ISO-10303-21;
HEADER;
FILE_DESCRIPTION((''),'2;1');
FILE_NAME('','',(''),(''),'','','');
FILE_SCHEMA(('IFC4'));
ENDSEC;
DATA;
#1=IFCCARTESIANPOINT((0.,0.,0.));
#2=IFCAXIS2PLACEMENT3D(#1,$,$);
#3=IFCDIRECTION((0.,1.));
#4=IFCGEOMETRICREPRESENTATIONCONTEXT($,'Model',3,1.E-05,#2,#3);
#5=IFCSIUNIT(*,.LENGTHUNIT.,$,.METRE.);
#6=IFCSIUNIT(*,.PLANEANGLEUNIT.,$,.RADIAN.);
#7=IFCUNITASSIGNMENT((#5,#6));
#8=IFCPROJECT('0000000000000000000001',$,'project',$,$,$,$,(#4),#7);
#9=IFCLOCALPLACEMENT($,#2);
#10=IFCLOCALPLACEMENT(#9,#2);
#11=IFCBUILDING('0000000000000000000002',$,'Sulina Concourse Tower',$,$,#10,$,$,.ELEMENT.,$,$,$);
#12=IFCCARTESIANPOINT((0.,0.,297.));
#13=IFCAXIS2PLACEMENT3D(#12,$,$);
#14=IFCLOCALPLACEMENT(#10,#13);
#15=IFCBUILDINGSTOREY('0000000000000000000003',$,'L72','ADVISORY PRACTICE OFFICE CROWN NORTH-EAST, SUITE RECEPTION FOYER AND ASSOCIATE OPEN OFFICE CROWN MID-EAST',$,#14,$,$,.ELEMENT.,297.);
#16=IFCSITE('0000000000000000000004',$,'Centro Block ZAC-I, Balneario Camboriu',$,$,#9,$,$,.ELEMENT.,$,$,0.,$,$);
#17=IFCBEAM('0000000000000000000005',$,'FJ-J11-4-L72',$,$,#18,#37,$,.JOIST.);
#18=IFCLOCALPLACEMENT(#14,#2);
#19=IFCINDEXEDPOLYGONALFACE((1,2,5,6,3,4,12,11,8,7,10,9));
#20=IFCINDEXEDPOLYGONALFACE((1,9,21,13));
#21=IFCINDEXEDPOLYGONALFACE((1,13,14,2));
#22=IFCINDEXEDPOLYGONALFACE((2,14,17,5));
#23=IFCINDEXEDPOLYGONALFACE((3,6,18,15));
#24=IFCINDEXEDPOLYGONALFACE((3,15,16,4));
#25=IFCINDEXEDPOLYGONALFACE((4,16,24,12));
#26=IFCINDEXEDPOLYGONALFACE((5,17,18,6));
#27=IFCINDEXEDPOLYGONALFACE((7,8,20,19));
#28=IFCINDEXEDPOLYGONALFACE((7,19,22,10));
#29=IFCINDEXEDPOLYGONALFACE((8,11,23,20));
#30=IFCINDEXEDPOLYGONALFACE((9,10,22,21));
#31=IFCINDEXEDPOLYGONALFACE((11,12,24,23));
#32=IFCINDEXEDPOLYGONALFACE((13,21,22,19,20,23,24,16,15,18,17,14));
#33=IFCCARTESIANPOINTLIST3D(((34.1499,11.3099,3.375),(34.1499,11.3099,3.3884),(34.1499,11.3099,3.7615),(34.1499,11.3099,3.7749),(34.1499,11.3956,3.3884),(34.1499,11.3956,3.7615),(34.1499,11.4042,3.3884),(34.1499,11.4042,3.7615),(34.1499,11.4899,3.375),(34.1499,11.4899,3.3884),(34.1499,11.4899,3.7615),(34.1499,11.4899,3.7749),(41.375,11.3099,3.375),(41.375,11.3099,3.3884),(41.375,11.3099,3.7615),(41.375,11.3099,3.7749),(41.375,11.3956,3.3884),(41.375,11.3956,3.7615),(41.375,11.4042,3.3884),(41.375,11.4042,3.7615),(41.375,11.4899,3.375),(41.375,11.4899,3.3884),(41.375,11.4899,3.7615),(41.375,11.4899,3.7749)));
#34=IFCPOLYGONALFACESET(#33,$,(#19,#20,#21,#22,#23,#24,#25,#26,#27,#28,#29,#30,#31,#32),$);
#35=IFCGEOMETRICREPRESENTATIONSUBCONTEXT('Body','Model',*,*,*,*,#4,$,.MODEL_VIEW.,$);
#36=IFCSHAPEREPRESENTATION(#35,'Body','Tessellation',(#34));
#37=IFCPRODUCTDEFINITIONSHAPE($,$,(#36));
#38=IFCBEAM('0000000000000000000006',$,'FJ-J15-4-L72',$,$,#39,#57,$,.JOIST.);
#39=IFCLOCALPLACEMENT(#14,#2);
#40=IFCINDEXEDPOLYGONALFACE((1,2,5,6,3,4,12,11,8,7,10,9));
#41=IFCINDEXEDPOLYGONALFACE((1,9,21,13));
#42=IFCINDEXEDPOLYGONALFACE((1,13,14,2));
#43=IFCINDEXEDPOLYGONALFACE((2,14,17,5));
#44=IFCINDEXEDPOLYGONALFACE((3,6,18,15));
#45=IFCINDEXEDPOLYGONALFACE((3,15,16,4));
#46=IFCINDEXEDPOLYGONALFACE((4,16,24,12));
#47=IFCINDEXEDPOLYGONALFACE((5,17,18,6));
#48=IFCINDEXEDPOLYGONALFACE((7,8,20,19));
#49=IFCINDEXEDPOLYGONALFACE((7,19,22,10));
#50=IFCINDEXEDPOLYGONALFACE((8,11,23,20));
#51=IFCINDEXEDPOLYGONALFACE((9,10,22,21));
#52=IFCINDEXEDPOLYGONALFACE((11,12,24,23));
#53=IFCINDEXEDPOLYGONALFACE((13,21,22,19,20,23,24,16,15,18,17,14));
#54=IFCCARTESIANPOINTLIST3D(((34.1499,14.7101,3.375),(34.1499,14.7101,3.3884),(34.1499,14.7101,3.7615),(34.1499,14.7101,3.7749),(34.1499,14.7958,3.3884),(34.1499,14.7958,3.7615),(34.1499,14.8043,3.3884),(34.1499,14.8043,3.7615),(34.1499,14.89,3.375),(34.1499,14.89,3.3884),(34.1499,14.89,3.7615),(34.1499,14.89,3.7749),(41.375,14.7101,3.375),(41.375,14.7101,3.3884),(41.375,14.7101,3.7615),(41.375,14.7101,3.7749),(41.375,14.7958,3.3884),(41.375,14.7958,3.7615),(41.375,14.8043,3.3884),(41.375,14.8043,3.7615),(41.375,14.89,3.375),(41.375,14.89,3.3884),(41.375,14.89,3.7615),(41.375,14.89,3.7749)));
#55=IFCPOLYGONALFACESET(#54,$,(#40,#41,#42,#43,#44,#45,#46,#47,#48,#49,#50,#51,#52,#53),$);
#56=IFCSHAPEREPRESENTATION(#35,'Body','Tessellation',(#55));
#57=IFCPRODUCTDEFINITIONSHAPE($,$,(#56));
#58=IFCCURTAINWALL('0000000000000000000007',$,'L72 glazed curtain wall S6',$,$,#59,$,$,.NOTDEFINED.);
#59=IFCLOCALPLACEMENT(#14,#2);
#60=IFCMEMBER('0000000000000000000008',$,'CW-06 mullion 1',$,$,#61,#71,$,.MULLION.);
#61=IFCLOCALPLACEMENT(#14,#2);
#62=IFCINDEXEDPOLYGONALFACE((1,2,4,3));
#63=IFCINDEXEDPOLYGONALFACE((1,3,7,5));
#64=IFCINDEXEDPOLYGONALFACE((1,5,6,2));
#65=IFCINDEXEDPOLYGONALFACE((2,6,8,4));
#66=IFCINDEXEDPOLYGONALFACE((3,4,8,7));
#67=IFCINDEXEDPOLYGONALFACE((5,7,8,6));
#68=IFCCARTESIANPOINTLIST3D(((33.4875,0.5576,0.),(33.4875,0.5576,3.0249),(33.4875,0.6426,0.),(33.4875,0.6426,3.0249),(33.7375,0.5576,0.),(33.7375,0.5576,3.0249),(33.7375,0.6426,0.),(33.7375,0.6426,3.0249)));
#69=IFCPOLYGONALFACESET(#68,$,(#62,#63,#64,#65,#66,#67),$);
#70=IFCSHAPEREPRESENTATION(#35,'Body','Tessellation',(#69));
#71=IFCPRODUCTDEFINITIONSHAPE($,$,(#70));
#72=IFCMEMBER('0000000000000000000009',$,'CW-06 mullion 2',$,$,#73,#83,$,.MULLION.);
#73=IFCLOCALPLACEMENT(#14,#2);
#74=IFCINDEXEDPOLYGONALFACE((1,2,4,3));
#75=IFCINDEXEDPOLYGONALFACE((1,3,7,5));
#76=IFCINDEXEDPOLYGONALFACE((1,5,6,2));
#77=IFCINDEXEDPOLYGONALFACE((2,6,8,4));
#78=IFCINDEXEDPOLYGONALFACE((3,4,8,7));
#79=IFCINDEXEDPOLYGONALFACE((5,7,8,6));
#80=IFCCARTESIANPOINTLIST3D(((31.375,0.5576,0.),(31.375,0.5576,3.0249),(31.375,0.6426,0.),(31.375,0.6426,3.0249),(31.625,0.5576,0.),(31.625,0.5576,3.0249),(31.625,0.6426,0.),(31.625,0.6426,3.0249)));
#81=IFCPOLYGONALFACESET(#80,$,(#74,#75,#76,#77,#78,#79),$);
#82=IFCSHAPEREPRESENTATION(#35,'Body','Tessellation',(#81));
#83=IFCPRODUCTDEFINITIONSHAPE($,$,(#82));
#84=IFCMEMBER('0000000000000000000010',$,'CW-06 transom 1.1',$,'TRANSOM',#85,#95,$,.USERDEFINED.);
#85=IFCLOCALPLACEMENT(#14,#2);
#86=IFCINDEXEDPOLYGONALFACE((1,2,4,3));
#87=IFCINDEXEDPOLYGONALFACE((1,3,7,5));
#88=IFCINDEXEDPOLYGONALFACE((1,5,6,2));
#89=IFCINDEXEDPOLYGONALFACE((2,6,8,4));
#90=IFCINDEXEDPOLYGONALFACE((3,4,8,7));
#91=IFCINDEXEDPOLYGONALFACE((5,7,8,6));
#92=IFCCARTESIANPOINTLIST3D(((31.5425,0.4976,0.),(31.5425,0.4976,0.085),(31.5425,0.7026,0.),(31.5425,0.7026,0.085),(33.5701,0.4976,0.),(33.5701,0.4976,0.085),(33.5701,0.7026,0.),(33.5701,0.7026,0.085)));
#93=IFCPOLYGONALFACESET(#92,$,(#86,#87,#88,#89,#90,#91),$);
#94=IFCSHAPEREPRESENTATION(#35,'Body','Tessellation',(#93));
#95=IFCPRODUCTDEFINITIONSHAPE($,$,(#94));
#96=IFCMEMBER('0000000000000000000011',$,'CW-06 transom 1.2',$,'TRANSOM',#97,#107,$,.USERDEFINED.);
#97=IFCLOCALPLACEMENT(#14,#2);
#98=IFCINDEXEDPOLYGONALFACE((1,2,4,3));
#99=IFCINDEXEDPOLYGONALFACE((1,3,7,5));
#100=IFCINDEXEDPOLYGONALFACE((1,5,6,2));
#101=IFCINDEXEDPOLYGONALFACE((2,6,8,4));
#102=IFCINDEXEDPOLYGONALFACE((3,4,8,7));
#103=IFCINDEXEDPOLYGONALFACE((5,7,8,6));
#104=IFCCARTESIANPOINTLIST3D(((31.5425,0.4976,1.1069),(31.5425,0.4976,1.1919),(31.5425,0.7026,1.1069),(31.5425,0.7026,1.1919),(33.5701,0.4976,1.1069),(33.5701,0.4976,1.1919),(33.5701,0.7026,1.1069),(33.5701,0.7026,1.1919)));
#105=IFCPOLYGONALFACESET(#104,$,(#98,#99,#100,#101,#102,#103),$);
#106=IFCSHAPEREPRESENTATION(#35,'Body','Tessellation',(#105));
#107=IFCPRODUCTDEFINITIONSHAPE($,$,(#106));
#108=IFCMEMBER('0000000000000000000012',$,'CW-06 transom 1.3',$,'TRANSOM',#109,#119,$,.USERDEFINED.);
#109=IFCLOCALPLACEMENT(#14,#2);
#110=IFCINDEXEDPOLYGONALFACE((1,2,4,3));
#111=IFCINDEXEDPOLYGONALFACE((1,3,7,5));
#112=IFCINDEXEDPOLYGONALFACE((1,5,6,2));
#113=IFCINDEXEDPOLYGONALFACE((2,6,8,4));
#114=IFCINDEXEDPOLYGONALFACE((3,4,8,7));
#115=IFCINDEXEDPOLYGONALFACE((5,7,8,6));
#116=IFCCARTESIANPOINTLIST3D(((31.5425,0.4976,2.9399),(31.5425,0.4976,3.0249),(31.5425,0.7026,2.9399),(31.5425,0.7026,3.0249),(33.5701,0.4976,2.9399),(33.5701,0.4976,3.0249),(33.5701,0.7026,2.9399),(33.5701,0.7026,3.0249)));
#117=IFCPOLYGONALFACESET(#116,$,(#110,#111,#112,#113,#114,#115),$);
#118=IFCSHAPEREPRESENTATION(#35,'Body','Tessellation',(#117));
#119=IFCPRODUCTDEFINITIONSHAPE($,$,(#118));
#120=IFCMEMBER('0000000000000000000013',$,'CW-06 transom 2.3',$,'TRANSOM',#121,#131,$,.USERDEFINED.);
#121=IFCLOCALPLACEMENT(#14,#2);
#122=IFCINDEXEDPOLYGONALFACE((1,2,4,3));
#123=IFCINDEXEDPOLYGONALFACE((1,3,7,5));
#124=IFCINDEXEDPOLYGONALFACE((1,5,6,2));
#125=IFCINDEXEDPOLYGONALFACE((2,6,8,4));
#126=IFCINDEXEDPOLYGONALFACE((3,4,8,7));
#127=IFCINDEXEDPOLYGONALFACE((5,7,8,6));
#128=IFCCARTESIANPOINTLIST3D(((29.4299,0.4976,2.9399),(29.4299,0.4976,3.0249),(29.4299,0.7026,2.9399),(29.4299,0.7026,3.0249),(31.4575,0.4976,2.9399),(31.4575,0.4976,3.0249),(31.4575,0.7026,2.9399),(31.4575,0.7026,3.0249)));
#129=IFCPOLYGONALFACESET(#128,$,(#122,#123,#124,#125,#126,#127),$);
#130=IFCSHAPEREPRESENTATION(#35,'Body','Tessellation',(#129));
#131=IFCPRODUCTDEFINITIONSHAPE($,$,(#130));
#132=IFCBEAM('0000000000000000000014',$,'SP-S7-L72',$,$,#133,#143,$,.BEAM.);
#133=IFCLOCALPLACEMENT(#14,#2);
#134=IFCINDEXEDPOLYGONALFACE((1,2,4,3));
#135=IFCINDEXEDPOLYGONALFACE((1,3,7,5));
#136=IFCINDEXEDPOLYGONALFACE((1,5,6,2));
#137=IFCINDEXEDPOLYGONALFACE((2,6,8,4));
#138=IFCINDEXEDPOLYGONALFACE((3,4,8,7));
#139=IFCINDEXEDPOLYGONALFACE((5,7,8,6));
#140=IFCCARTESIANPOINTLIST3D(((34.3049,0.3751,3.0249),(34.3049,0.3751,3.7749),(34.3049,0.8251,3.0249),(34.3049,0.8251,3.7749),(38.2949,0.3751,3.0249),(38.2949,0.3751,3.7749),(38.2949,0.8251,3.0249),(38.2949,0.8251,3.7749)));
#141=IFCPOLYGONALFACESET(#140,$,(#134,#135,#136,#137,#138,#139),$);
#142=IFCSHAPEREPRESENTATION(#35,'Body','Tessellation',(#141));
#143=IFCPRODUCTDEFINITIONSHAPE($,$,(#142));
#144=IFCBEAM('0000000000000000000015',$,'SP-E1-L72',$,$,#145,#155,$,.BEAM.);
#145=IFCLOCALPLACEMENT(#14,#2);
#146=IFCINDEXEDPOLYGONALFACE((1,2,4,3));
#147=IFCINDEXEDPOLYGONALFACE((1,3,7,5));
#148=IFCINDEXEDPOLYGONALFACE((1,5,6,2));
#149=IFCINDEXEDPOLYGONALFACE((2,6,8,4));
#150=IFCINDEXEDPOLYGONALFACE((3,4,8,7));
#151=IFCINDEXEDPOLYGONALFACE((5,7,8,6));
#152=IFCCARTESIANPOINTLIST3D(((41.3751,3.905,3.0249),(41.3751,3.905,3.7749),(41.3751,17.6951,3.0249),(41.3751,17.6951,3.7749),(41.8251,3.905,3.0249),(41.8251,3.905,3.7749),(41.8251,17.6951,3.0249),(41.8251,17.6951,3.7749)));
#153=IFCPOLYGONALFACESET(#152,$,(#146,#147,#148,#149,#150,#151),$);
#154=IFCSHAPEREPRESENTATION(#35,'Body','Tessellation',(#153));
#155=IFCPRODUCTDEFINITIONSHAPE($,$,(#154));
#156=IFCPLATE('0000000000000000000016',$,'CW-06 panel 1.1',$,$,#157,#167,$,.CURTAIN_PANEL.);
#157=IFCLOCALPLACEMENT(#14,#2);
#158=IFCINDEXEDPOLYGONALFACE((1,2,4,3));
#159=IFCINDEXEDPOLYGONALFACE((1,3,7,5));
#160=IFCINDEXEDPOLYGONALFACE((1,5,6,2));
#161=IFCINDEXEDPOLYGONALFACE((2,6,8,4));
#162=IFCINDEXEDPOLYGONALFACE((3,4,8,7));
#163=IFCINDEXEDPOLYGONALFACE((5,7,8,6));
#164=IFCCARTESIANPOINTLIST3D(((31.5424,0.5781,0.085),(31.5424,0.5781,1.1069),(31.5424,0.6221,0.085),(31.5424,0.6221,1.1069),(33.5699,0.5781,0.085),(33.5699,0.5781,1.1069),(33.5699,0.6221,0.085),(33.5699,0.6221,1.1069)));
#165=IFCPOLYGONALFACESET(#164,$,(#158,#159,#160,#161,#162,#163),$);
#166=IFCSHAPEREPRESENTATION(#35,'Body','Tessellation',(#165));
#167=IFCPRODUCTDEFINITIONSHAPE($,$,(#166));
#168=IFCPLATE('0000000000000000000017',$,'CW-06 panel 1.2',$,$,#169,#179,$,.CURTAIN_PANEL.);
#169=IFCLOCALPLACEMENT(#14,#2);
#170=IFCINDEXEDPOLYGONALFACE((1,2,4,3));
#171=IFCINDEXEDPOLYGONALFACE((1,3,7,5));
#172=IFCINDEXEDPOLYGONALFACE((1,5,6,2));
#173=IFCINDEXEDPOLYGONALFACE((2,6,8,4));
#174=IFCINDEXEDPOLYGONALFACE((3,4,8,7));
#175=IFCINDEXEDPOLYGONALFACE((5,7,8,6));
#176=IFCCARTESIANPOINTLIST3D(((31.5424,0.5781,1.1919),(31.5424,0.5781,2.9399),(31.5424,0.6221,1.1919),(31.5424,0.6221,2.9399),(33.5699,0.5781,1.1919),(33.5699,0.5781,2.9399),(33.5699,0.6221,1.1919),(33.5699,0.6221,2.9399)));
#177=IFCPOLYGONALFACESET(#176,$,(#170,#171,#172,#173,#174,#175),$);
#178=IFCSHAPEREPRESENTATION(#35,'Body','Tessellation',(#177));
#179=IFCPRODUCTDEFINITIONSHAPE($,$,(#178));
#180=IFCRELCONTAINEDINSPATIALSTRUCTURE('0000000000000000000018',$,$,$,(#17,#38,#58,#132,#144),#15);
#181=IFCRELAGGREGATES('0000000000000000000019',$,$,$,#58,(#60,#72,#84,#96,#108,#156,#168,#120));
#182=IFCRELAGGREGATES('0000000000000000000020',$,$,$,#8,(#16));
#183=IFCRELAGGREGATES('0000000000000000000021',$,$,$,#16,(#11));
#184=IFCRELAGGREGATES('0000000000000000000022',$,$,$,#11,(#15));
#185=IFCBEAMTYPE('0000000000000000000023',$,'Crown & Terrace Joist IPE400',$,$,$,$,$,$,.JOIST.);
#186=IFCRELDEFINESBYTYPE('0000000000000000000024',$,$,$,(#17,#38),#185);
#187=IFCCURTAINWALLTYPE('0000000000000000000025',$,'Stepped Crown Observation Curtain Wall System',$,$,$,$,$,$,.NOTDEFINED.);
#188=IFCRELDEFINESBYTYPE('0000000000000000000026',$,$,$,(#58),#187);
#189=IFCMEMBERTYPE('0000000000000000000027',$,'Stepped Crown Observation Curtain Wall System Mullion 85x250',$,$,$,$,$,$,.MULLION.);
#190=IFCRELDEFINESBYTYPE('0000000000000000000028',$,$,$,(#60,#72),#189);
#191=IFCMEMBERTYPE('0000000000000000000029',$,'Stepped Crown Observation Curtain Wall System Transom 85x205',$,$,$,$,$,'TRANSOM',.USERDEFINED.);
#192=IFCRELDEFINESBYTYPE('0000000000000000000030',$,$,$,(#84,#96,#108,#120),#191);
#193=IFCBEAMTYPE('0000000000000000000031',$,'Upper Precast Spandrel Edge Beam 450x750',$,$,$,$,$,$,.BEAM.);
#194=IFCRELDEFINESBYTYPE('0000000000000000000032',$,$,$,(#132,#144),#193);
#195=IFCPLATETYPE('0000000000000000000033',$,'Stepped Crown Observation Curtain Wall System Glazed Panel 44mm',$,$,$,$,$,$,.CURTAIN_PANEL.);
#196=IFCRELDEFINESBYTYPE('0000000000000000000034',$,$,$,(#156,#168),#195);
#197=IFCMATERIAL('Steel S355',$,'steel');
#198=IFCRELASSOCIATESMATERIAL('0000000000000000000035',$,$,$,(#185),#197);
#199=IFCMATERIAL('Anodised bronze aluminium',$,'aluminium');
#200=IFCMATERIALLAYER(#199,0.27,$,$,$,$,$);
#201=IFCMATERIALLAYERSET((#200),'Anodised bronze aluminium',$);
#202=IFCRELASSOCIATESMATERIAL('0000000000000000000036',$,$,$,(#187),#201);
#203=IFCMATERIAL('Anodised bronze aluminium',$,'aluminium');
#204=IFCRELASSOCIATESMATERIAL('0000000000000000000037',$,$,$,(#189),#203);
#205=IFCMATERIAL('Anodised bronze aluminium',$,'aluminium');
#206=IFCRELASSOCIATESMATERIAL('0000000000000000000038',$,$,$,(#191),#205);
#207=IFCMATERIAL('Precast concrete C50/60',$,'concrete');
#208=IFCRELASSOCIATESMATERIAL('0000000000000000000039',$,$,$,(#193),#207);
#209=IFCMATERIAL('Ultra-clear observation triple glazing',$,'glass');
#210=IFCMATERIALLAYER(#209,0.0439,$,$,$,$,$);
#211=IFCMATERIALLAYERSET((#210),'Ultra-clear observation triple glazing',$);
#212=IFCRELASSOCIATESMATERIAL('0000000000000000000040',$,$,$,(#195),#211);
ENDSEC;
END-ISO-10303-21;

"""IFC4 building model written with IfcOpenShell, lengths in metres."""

from ifc_helpers import new_model, si_unit, direction, frame, origin, origin_2d, place, context, subcontext, project, spatial, rectangle, i_section, extrude, material, layer, layer_set, material_profile, profile_set, type_object, element, aggregate, save


model = new_model("IFC4")

# Units and contexts
model_context = context("Model", 3, precision=1e-05, world=origin(), true_north=direction((0.0, 1.0)))
body_context = subcontext(model_context, "Body", "Model", "MODEL_VIEW")
ifc_project = project(units=[si_unit("LENGTHUNIT", "METRE"), si_unit("PLANEANGLEUNIT", "RADIAN")], contexts=[model_context])

# Site, building, storey
site_placement = place(None, origin())
site = spatial("IfcSite", under=ifc_project, at=site_placement, Name="Centro Block ZAC-I, Balneario Camboriu", CompositionType="ELEMENT", RefElevation=0.0)
building_placement = place(site_placement, origin())
building = spatial("IfcBuilding", under=site, at=building_placement, Name="Sulina Concourse Tower", CompositionType="ELEMENT")
storey_placement = place(building_placement, frame((0.0, 0.0, 297.0)))
storey = spatial("IfcBuildingStorey", under=building, at=storey_placement, Name="L72", Description="ADVISORY PRACTICE OFFICE CROWN NORTH-EAST, SUITE RECEPTION FOYER AND ASSOCIATE OPEN OFFICE CROWN MID-EAST", CompositionType="ELEMENT", Elevation=297.0)

# Beams
ifc_material_1 = material(Name="Steel S355", Category="steel")
ifc_material_profile_1 = material_profile(ifc_material_1, i_section(OverallWidth=0.1799, OverallDepth=0.3999, WebThickness=0.0085, FlangeThickness=0.0134, at=origin_2d()), Name="IPE 400")
ifc_profile_set_1 = profile_set([ifc_material_profile_1], Name="Steel S355")
beam_type_1 = type_object("IfcBeamType", Name="Crown & Terrace Joist IPE400", PredefinedType="JOIST", material=ifc_profile_set_1)
for number, where, z_axis, x_axis, name in (
    (1, (34.1499, 11.3999, 3.575), (1.0, 0.0, 0.0), (0.0, 1.0, 0.0), "FJ-J11-4-L72"),
    (2, (34.1499, 14.8, 3.575), (1.0, 0.0, 0.0), (0.0, 1.0, 0.0), "FJ-J15-4-L72"),
):
    element("IfcBeam", number, at=place(storey_placement, frame(where, z_axis=z_axis, x_axis=x_axis)), inside=storey, type_object=beam_type_1, Name=name, PredefinedType="JOIST", context=body_context, shape_type="SweptSolid", body=[
        extrude(i_section(OverallWidth=0.1799, OverallDepth=0.3999, WebThickness=0.0085, FlangeThickness=0.0134, at=origin_2d()), origin(), (0.0, 0.0, 1.0), 7.2251),
    ])

# Curtain wall, members
ifc_material_2 = material(Name="Anodised bronze aluminium", Category="aluminium")
ifc_layer_1 = layer(ifc_material_2, 0.27)
ifc_layer_set_1 = layer_set([ifc_layer_1], Name="Anodised bronze aluminium")
curtain_wall_type = type_object("IfcCurtainWallType", Name="Stepped Crown Observation Curtain Wall System", PredefinedType="NOTDEFINED", material=ifc_layer_set_1)
curtain_wall_placement = place(storey_placement, origin())
curtain_wall = element("IfcCurtainWall", 3, at=curtain_wall_placement, inside=storey, type_object=curtain_wall_type, Name="L72 glazed curtain wall S6", PredefinedType="NOTDEFINED")
ifc_material_3 = material(Name="Anodised bronze aluminium", Category="aluminium")
ifc_material_profile_2 = material_profile(ifc_material_3, rectangle(XDim=0.085, YDim=0.25, at=origin_2d()), Name="MUL 85x250")
ifc_profile_set_2 = profile_set([ifc_material_profile_2], Name="Anodised bronze aluminium")
member_type_1 = type_object("IfcMemberType", Name="Stepped Crown Observation Curtain Wall System Mullion 85x250", PredefinedType="MULLION", material=ifc_profile_set_2)
member_1_placement = place(storey_placement, frame((33.6125, 0.6001, 0.0), z_axis=(0.0, 0.0, 1.0), x_axis=(0.0, -1.0, 0.0)))
member_1 = element("IfcMember", 4, at=member_1_placement, type_object=member_type_1, Name="CW-06 mullion 1", PredefinedType="MULLION", context=body_context, shape_type="SweptSolid", body=[
    extrude(rectangle(XDim=0.085, YDim=0.25, at=origin_2d()), origin(), (0.0, 0.0, 1.0), 3.0249),
])
member_2_placement = place(storey_placement, frame((31.5, 0.6001, 0.0), z_axis=(0.0, 0.0, 1.0), x_axis=(0.0, -1.0, 0.0)))
member_2 = element("IfcMember", 5, at=member_2_placement, type_object=member_type_1, Name="CW-06 mullion 2", PredefinedType="MULLION", context=body_context, shape_type="SweptSolid", body=[
    extrude(rectangle(XDim=0.085, YDim=0.25, at=origin_2d()), origin(), (0.0, 0.0, 1.0), 3.0249),
])
ifc_material_4 = material(Name="Anodised bronze aluminium", Category="aluminium")
ifc_material_profile_3 = material_profile(ifc_material_4, rectangle(XDim=0.2051, YDim=0.085, at=origin_2d()), Name="TRN 85x205")
ifc_profile_set_3 = profile_set([ifc_material_profile_3], Name="Anodised bronze aluminium")
member_type_2 = type_object("IfcMemberType", Name="Stepped Crown Observation Curtain Wall System Transom 85x205", ElementType="TRANSOM", PredefinedType="USERDEFINED", material=ifc_profile_set_3)
member_3_placement = place(storey_placement, frame((33.5701, 0.6001, 0.0425), z_axis=(-1.0, 0.0, 0.0), x_axis=(0.0, -1.0, 0.0)))
member_3 = element("IfcMember", 6, at=member_3_placement, type_object=member_type_2, Name="CW-06 transom 1.1", ObjectType="TRANSOM", PredefinedType="USERDEFINED", context=body_context, shape_type="SweptSolid", body=[
    extrude(rectangle(XDim=0.2051, YDim=0.085, at=origin_2d()), origin(), (0.0, 0.0, 1.0), 2.0276),
])
member_4_placement = place(storey_placement, frame((33.5701, 0.6001, 1.1494), z_axis=(-1.0, 0.0, 0.0), x_axis=(0.0, -1.0, 0.0)))
member_4 = element("IfcMember", 7, at=member_4_placement, type_object=member_type_2, Name="CW-06 transom 1.2", ObjectType="TRANSOM", PredefinedType="USERDEFINED", context=body_context, shape_type="SweptSolid", body=[
    extrude(rectangle(XDim=0.2051, YDim=0.085, at=origin_2d()), origin(), (0.0, 0.0, 1.0), 2.0276),
])
member_5_placement = place(storey_placement, frame((33.5701, 0.6001, 2.9824), z_axis=(-1.0, 0.0, 0.0), x_axis=(0.0, -1.0, 0.0)))
member_5 = element("IfcMember", 8, at=member_5_placement, type_object=member_type_2, Name="CW-06 transom 1.3", ObjectType="TRANSOM", PredefinedType="USERDEFINED", context=body_context, shape_type="SweptSolid", body=[
    extrude(rectangle(XDim=0.2051, YDim=0.085, at=origin_2d()), origin(), (0.0, 0.0, 1.0), 2.0276),
])
member_6_placement = place(storey_placement, frame((31.4575, 0.6001, 2.9824), z_axis=(-1.0, 0.0, 0.0), x_axis=(0.0, -1.0, 0.0)))
member_6 = element("IfcMember", 9, at=member_6_placement, type_object=member_type_2, Name="CW-06 transom 2.3", ObjectType="TRANSOM", PredefinedType="USERDEFINED", context=body_context, shape_type="SweptSolid", body=[
    extrude(rectangle(XDim=0.2051, YDim=0.085, at=origin_2d()), origin(), (0.0, 0.0, 1.0), 2.0276),
])

# Beams
ifc_material_5 = material(Name="Precast concrete C50/60", Category="concrete")
ifc_material_profile_4 = material_profile(ifc_material_5, rectangle(XDim=0.45, YDim=0.75, at=origin_2d()), Name="RC 450x750")
ifc_profile_set_4 = profile_set([ifc_material_profile_4], Name="Precast concrete C50/60")
beam_type_2 = type_object("IfcBeamType", Name="Upper Precast Spandrel Edge Beam 450x750", PredefinedType="BEAM", material=ifc_profile_set_4)
beam_1_placement = place(storey_placement, frame((34.3049, 0.6001, 3.3999), z_axis=(1.0, 0.0, 0.0), x_axis=(0.0, 1.0, 0.0)))
element("IfcBeam", 10, at=beam_1_placement, inside=storey, type_object=beam_type_2, Name="SP-S7-L72", PredefinedType="BEAM", context=body_context, shape_type="SweptSolid", body=[
    extrude(rectangle(XDim=0.45, YDim=0.75, at=origin_2d()), origin(), (0.0, 0.0, 1.0), 3.99),
])
beam_2_placement = place(storey_placement, frame((41.6001, 3.905, 3.3999), z_axis=(0.0, 1.0, 0.0), x_axis=(-1.0, 0.0, 0.0)))
element("IfcBeam", 11, at=beam_2_placement, inside=storey, type_object=beam_type_2, Name="SP-E1-L72", PredefinedType="BEAM", context=body_context, shape_type="SweptSolid", body=[
    extrude(rectangle(XDim=0.45, YDim=0.75, at=origin_2d()), origin(), (0.0, 0.0, 1.0), 13.79),
])

# Plates
ifc_material_6 = material(Name="Ultra-clear observation triple glazing", Category="glass")
ifc_layer_2 = layer(ifc_material_6, 0.0439)
ifc_layer_set_2 = layer_set([ifc_layer_2], Name="Ultra-clear observation triple glazing")
plate_type = type_object("IfcPlateType", Name="Stepped Crown Observation Curtain Wall System Glazed Panel 44mm", PredefinedType="CURTAIN_PANEL", material=ifc_layer_set_2)
plate_1_placement = place(storey_placement, frame((32.5562, 0.6001, 0.085), z_axis=(0.0, 0.0, 1.0), x_axis=(-1.0, 0.0, 0.0)))
plate_1 = element("IfcPlate", 12, at=plate_1_placement, type_object=plate_type, Name="CW-06 panel 1.1", PredefinedType="CURTAIN_PANEL", context=body_context, shape_type="SweptSolid", body=[
    extrude(rectangle(XDim=2.0276, YDim=0.0439, at=origin_2d()), origin(), (0.0, 0.0, 1.0), 1.022),
])
plate_2_placement = place(storey_placement, frame((32.5562, 0.6001, 1.1919), z_axis=(0.0, 0.0, 1.0), x_axis=(-1.0, 0.0, 0.0)))
plate_2 = element("IfcPlate", 13, at=plate_2_placement, type_object=plate_type, Name="CW-06 panel 1.2", PredefinedType="CURTAIN_PANEL", context=body_context, shape_type="SweptSolid", body=[
    extrude(rectangle(XDim=2.0276, YDim=0.0439, at=origin_2d()), origin(), (0.0, 0.0, 1.0), 1.748),
])
aggregate(curtain_wall, [member_1, member_2, member_3, member_4, member_5, plate_1, plate_2, member_6])

save(model, "model.ifc")
